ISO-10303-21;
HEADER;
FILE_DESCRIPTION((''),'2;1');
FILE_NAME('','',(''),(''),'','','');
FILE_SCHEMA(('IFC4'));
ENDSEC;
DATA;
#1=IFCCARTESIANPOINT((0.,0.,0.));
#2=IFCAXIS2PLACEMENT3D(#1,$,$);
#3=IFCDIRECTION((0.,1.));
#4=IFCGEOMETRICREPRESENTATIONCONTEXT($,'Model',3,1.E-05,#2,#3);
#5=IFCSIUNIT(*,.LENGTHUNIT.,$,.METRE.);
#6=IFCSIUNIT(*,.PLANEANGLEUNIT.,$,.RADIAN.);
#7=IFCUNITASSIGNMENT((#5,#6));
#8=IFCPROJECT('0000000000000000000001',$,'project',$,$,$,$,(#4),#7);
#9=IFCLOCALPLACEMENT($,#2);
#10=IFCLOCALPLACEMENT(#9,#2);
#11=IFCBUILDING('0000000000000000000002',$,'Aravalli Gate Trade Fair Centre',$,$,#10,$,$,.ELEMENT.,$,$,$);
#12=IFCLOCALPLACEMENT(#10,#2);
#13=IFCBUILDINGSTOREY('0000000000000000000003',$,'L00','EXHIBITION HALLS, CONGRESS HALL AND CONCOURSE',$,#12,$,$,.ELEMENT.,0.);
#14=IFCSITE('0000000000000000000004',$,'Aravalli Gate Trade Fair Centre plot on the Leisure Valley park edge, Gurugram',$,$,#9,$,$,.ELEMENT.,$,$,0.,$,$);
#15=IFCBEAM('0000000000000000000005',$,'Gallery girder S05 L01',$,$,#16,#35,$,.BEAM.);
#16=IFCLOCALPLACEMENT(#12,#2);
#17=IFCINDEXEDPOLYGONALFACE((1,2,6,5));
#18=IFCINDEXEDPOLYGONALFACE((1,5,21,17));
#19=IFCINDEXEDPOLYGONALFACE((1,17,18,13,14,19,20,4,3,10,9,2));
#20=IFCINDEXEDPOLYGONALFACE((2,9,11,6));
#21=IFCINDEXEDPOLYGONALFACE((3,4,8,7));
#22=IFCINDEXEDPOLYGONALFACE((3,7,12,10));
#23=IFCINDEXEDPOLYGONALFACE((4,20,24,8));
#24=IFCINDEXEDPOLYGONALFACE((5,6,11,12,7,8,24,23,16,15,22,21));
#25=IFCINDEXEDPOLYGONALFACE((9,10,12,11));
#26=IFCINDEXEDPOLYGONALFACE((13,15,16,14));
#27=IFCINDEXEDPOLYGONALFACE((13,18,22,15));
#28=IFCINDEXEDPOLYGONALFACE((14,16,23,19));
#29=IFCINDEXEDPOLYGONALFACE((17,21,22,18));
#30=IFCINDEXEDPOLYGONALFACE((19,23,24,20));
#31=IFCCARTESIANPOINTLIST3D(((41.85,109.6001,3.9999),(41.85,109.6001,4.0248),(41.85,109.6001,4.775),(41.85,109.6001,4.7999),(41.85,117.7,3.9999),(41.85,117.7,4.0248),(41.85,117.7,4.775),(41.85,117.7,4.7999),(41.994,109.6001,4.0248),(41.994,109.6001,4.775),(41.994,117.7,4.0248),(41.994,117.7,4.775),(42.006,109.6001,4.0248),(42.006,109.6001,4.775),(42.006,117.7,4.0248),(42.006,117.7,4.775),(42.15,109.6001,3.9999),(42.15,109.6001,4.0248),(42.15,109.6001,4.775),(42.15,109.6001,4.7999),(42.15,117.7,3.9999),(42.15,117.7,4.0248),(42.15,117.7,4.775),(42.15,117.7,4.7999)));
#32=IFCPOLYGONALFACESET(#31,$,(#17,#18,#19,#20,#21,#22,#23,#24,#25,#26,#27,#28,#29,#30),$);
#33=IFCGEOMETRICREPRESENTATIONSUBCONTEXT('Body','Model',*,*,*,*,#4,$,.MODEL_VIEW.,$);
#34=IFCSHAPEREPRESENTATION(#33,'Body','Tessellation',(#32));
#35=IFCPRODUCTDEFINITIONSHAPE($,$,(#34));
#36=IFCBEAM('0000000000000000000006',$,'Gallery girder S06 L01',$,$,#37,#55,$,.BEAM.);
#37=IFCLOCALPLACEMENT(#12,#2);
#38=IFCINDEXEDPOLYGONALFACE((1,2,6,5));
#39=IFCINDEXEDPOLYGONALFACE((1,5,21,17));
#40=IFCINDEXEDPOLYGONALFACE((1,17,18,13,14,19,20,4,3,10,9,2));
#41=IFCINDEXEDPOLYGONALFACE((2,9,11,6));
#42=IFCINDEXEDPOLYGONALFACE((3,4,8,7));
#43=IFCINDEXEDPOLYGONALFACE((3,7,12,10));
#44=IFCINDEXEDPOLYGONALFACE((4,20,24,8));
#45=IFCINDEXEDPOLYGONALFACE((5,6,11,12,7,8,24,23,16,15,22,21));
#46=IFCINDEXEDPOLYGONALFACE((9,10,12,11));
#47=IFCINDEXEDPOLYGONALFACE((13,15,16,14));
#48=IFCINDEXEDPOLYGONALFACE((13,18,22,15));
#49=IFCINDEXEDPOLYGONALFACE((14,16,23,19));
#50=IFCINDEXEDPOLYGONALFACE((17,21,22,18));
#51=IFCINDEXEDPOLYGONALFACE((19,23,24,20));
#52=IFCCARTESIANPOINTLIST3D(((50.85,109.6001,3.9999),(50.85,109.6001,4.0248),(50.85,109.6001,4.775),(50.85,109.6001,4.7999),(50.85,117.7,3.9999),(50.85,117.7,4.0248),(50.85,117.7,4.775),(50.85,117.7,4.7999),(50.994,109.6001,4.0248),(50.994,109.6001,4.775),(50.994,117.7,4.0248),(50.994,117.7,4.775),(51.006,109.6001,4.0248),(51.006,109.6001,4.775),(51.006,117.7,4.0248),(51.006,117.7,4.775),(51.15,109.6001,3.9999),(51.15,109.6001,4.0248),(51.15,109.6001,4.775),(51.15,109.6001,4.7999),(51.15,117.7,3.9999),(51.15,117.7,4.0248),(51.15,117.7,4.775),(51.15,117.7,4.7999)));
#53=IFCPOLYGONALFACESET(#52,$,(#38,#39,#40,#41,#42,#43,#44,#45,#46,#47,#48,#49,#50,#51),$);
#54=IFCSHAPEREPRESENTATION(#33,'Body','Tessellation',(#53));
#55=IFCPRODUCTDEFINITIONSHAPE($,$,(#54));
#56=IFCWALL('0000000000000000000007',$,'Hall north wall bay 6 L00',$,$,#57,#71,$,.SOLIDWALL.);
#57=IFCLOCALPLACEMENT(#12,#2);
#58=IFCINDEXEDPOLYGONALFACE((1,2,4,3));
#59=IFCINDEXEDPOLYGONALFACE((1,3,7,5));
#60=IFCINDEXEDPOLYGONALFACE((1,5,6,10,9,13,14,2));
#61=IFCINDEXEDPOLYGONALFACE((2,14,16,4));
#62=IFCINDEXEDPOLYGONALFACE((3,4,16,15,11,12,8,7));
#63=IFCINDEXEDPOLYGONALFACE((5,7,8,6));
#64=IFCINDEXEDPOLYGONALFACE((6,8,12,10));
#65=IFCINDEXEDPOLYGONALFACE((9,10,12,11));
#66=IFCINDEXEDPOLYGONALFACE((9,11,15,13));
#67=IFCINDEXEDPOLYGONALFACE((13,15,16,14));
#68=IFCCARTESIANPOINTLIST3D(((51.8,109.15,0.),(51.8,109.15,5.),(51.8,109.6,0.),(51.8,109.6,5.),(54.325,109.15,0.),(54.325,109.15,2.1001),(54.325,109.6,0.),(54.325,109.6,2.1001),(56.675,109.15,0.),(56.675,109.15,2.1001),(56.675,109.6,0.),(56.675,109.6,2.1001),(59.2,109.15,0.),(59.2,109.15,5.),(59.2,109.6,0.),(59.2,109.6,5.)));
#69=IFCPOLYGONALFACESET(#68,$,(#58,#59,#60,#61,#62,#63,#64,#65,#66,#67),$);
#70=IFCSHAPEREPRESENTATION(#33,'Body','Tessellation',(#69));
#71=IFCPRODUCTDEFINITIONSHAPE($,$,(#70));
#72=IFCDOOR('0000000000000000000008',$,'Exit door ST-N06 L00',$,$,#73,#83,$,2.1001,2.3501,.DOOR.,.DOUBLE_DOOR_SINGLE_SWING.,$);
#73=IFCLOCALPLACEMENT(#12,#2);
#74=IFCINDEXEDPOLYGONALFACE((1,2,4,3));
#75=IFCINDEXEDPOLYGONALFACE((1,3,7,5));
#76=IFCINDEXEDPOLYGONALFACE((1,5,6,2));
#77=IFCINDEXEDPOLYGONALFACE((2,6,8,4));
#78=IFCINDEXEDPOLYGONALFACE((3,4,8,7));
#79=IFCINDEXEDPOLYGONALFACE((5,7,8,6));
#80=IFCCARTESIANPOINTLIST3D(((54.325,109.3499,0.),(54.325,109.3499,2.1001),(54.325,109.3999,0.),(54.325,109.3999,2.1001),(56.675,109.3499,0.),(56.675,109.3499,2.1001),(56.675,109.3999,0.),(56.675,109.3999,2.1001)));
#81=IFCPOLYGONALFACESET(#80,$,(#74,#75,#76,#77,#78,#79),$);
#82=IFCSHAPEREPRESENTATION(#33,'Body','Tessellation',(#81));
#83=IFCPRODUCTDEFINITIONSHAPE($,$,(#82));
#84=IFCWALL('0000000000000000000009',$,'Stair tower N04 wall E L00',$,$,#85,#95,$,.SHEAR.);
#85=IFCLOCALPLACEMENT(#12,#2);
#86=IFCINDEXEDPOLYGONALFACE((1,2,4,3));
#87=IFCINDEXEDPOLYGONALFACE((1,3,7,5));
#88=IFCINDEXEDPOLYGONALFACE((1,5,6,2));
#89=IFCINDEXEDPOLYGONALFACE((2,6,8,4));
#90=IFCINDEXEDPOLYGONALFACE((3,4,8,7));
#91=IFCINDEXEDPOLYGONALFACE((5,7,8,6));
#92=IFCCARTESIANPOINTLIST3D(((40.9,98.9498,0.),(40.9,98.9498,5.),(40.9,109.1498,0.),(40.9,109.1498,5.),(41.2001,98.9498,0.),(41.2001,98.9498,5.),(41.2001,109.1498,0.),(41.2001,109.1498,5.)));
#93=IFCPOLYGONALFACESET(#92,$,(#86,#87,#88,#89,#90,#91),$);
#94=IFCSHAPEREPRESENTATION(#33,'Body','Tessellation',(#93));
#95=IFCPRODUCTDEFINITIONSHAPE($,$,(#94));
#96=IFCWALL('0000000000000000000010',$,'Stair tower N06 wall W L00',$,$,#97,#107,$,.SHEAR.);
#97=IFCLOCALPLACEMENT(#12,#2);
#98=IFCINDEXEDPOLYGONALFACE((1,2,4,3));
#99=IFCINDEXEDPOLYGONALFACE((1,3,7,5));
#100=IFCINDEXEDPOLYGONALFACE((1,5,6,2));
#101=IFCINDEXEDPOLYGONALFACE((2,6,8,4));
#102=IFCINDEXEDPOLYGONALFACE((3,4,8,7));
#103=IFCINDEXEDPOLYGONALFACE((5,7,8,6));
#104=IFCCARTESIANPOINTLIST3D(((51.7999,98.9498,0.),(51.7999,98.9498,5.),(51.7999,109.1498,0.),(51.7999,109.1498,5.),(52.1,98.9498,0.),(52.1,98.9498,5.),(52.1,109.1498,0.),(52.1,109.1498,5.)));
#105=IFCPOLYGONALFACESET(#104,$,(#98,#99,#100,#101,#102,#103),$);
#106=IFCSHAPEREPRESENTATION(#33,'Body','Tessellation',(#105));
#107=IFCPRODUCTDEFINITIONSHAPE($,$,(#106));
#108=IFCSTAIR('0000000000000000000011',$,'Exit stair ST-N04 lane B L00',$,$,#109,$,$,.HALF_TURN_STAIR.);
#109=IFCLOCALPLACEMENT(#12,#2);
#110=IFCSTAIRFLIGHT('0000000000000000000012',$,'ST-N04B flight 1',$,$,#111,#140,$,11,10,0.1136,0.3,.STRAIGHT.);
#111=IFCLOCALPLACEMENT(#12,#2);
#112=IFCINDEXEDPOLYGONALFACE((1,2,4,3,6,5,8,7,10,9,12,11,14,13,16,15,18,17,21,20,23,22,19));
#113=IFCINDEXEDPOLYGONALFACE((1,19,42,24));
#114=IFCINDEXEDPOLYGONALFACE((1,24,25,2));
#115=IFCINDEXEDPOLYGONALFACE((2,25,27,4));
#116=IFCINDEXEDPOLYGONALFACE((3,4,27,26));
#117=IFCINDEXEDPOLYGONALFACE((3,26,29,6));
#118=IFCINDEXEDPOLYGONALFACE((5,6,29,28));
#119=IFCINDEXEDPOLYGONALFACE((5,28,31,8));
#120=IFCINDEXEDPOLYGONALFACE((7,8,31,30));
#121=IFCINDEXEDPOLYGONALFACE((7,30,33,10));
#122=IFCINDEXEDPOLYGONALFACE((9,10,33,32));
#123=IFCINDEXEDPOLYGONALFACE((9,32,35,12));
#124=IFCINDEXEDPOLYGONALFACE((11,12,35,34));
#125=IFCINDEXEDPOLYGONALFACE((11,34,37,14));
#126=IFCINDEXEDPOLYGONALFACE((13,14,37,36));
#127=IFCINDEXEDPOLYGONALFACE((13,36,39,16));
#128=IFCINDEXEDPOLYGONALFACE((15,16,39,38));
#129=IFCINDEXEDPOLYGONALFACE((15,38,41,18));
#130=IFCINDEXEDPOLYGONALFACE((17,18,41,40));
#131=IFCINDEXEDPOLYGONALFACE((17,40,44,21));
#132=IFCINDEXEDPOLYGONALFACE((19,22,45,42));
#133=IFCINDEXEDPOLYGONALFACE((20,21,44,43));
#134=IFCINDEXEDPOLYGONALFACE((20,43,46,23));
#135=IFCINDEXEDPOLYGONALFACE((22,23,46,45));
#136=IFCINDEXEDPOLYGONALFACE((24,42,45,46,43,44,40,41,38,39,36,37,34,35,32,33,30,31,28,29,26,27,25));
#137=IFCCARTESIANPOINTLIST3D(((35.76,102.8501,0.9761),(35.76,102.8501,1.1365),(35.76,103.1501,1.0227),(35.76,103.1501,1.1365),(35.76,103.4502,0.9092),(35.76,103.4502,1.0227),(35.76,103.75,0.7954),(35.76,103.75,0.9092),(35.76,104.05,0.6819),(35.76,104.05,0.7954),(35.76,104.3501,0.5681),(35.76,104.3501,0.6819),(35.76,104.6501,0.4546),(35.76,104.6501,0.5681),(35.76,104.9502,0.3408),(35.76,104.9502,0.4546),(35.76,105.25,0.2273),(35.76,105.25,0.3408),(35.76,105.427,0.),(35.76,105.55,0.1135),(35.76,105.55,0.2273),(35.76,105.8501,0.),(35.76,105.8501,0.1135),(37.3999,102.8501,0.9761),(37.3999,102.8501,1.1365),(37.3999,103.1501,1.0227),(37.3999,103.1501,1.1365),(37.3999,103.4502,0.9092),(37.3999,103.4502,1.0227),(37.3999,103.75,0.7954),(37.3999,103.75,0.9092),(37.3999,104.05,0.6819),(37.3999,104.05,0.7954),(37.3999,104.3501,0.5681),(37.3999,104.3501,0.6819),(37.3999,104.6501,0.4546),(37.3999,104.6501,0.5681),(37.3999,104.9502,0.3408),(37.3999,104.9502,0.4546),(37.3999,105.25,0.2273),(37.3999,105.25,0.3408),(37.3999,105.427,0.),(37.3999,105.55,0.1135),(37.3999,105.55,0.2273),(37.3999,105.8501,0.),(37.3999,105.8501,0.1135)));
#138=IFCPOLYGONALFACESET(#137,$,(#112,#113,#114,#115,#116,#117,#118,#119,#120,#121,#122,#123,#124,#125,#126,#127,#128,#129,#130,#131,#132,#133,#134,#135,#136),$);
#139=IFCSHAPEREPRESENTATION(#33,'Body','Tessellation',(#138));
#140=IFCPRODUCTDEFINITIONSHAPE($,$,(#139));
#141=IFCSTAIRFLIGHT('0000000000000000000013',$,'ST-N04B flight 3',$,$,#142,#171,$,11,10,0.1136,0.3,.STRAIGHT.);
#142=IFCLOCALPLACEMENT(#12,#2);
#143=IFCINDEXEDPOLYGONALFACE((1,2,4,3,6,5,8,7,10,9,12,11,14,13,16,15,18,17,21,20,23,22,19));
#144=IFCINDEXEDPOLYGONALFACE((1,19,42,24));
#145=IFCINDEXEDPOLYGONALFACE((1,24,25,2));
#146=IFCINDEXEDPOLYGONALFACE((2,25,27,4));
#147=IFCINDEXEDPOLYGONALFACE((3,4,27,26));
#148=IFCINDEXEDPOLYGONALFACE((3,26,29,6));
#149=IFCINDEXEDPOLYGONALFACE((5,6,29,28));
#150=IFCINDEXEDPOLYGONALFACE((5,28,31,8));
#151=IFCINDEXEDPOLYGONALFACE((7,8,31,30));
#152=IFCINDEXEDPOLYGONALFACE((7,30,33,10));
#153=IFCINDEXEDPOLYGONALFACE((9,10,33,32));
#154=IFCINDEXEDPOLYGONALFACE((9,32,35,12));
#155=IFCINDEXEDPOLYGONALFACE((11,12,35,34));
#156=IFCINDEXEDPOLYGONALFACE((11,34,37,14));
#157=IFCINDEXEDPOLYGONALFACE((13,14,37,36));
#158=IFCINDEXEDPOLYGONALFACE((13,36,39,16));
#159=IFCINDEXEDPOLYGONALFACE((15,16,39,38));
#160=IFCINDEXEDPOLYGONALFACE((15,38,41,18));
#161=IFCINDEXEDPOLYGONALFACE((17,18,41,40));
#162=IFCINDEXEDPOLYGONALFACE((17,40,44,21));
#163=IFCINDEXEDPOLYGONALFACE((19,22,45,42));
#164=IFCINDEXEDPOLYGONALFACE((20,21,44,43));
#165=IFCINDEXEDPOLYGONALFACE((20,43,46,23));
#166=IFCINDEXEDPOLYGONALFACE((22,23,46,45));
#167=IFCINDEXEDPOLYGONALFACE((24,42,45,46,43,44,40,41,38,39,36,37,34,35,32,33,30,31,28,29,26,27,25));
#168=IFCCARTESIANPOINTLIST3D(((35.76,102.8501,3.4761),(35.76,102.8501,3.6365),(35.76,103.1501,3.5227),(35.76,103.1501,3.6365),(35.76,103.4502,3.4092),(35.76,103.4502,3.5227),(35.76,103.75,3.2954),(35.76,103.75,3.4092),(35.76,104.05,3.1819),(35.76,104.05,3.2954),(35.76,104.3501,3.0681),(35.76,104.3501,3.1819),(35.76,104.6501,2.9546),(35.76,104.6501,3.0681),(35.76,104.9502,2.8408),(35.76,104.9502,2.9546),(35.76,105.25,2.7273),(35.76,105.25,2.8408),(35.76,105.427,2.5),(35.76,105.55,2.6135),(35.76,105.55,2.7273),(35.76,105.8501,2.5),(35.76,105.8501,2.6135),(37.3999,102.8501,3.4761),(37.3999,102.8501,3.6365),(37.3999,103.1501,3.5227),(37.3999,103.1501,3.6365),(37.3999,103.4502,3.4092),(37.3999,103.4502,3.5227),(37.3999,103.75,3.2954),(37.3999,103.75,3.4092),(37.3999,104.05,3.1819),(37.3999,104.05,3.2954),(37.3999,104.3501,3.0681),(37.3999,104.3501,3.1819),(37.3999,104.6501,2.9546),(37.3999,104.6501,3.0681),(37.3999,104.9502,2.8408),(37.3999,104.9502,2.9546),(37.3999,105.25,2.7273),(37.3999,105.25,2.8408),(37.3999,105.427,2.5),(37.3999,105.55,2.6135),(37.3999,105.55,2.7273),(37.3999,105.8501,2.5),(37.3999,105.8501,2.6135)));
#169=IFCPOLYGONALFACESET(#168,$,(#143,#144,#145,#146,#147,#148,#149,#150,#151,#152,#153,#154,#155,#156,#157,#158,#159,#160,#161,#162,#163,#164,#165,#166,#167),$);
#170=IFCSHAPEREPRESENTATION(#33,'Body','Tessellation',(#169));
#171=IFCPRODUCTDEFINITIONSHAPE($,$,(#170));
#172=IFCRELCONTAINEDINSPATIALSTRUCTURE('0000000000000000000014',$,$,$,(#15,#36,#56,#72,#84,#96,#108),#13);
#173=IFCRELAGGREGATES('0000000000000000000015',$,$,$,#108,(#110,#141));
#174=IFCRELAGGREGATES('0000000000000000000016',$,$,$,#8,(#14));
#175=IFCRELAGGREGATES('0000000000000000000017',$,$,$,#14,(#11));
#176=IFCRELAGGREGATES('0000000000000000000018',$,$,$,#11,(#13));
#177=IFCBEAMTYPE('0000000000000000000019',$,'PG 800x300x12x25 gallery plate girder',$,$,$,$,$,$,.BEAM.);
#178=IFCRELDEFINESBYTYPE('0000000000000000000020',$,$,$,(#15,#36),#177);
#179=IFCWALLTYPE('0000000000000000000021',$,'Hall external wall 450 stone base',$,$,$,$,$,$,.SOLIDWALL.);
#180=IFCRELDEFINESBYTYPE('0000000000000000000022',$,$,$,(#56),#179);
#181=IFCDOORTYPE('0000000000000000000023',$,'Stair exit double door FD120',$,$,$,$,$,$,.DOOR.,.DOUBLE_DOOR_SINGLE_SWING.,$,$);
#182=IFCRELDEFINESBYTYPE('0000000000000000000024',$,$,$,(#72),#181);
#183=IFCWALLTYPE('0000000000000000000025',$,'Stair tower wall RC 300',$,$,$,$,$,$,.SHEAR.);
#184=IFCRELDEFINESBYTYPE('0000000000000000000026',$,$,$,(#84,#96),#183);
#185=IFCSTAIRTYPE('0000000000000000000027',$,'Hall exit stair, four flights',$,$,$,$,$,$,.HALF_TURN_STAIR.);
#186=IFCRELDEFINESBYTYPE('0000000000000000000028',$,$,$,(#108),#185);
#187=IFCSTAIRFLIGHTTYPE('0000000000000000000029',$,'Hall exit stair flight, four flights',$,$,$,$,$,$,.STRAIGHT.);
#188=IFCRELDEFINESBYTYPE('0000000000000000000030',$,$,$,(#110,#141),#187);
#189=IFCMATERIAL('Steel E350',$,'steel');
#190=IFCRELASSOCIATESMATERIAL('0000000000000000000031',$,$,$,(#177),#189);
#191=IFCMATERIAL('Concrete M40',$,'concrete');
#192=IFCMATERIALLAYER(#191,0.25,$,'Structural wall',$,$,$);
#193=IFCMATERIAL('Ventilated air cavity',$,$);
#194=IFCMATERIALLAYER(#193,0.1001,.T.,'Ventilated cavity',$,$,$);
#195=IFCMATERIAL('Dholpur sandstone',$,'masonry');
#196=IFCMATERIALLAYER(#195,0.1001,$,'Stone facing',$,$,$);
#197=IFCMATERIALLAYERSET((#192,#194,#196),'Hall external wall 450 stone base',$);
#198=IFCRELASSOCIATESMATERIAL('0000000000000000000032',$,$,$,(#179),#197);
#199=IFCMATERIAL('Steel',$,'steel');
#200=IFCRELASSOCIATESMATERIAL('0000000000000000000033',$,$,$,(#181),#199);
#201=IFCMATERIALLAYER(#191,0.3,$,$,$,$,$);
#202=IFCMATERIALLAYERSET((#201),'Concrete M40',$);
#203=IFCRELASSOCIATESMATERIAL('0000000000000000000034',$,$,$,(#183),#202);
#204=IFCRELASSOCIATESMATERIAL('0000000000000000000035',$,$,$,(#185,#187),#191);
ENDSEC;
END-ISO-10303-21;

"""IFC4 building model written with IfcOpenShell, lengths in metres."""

from ifc_helpers import new_model, si_unit, direction, frame, frame_2d, origin, origin_2d, place, context, subcontext, project, spatial, polyline, rectangle, i_section, outline, extrude, material, layer, layer_set, material_profile, profile_set, type_object, element, fill, aggregate, save


model = new_model("IFC4")

# Units and contexts
model_context = context("Model", 3, precision=1e-05, world=origin(), true_north=direction((0.0, 1.0)))
body_context = subcontext(model_context, "Body", "Model", "MODEL_VIEW")
ifc_project = project(units=[si_unit("LENGTHUNIT", "METRE"), si_unit("PLANEANGLEUNIT", "RADIAN")], contexts=[model_context])

# Site, building, storey
site_placement = place(None, origin())
site = spatial("IfcSite", under=ifc_project, at=site_placement, Name="Aravalli Gate Trade Fair Centre plot on the Leisure Valley park edge, Gurugram", CompositionType="ELEMENT", RefElevation=0.0)
building_placement = place(site_placement, origin())
building = spatial("IfcBuilding", under=site, at=building_placement, Name="Aravalli Gate Trade Fair Centre", CompositionType="ELEMENT")
storey_placement = place(building_placement, origin())
storey = spatial("IfcBuildingStorey", under=building, at=storey_placement, Name="L00", Description="EXHIBITION HALLS, CONGRESS HALL AND CONCOURSE", CompositionType="ELEMENT", Elevation=0.0)

# Beams
ifc_material_1 = material(Name="Steel E350", Category="steel")
ifc_material_profile_1 = material_profile(ifc_material_1, i_section(OverallWidth=0.3, OverallDepth=0.8, WebThickness=0.012, FlangeThickness=0.0249, at=origin_2d()), Name="PG 800x300x12x25")
ifc_profile_set_1 = profile_set([ifc_material_profile_1], Name="Steel E350")
beam_type_1 = type_object("IfcBeamType", Name="PG 800x300x12x25 gallery plate girder", PredefinedType="BEAM", material=ifc_profile_set_1)
for number, where, z_axis, x_axis, name in (
    (1, (42.0, 109.6001, 4.3999), (0.0, 1.0, 0.0), (-1.0, 0.0, 0.0), "Gallery girder S05 L01"),
    (2, (51.0, 109.6001, 4.3999), (0.0, 1.0, 0.0), (-1.0, 0.0, 0.0), "Gallery girder S06 L01"),
):
    element("IfcBeam", number, at=place(storey_placement, frame(where, z_axis=z_axis, x_axis=x_axis)), inside=storey, type_object=beam_type_1, Name=name, PredefinedType="BEAM", context=body_context, shape_type="SweptSolid", body=[
        extrude(i_section(OverallWidth=0.3, OverallDepth=0.8, WebThickness=0.012, FlangeThickness=0.0249, at=origin_2d()), origin(), (0.0, 0.0, 1.0), 8.0999),
    ])

# Shared definitions
ifc_material_2 = material(Name="Concrete M40", Category="concrete")
ifc_layer_1 = layer(ifc_material_2, 0.25, Name="Structural wall")
ifc_material_3 = material(Name="Ventilated air cavity")
ifc_layer_2 = layer(ifc_material_3, 0.1001, ventilated=True, Name="Ventilated cavity")
ifc_material_4 = material(Name="Dholpur sandstone", Category="masonry")
ifc_layer_3 = layer(ifc_material_4, 0.1001, Name="Stone facing")
ifc_layer_set_1 = layer_set([ifc_layer_1, ifc_layer_2, ifc_layer_3], Name="Hall external wall 450 stone base")
wall_type_1 = type_object("IfcWallType", Name="Hall external wall 450 stone base", PredefinedType="SOLIDWALL", material=ifc_layer_set_1)
ifc_material_5 = material(Name="Steel", Category="steel")

# Wall, opening, door
wall_1_placement = place(storey_placement, frame((51.8, 109.375, 0.0), z_axis=(0.0, 0.0, 1.0), x_axis=(1.0, 0.0, 0.0)))
wall_1 = element("IfcWall", 3, at=wall_1_placement, inside=storey, type_object=wall_type_1, Name="Hall north wall bay 6 L00", PredefinedType="SOLIDWALL", context=body_context, shape_type="SweptSolid", body=[
    extrude(rectangle(XDim=7.3999, YDim=0.45, at=frame_2d((3.7, 0.0))), origin(), (0.0, 0.0, 1.0), 5.0),
])
opening_1_placement = place(wall_1_placement, frame((2.5249, 0.0, 0.0)))
opening_1 = element("IfcOpeningElement", 4, at=opening_1_placement, cuts=wall_1, PredefinedType="OPENING", context=body_context, shape_type="SweptSolid", body=[
    extrude(rectangle(XDim=2.3501, YDim=2.1001, at=frame_2d((1.175, 1.05))), frame((0.0, 0.2349, 0.0), z_axis=(0.0, -1.0, 0.0), x_axis=(1.0, 0.0, 0.0)), (0.0, 0.0, 1.0), 0.47),
])
door_type_1 = type_object("IfcDoorType", Name="Stair exit double door FD120", OperationType="DOUBLE_DOOR_SINGLE_SWING", PredefinedType="DOOR", material=ifc_material_5)
door_1_placement = place(opening_1_placement, origin())
door_1 = element("IfcDoor", 5, at=door_1_placement, inside=storey, type_object=door_type_1, Name="Exit door ST-N06 L00", OperationType="DOUBLE_DOOR_SINGLE_SWING", OverallHeight=2.1001, OverallWidth=2.3501, PredefinedType="DOOR", context=body_context, shape_type="SweptSolid", body=[
    extrude(rectangle(XDim=2.3501, YDim=2.1001, at=frame_2d((1.175, 1.05))), frame((0.0, 0.0249, 0.0), z_axis=(0.0, -1.0, 0.0), x_axis=(1.0, 0.0, 0.0)), (0.0, 0.0, 1.0), 0.05),
])
fill(opening_1, door_1)

# Walls
ifc_layer_4 = layer(ifc_material_2, 0.3)
ifc_layer_set_2 = layer_set([ifc_layer_4], Name="Concrete M40")
wall_type_2 = type_object("IfcWallType", Name="Stair tower wall RC 300", PredefinedType="SHEAR", material=ifc_layer_set_2)
for number, where, z_axis, x_axis, name in (
    (6, (41.05, 109.1499, 0.0), (0.0, 0.0, 1.0), (0.0, -1.0, 0.0), "Stair tower N04 wall E L00"),
    (7, (51.95, 109.1499, 0.0), (0.0, 0.0, 1.0), (0.0, -1.0, 0.0), "Stair tower N06 wall W L00"),
):
    element("IfcWall", number, at=place(storey_placement, frame(where, z_axis=z_axis, x_axis=x_axis)), inside=storey, type_object=wall_type_2, Name=name, PredefinedType="SHEAR", context=body_context, shape_type="SweptSolid", body=[
        extrude(rectangle(XDim=10.2, YDim=0.3, at=frame_2d((5.1001, 0.0))), origin(), (0.0, 0.0, 1.0), 5.0),
    ])

# Stair, stair flights
stair_type = type_object("IfcStairType", Name="Hall exit stair, four flights", PredefinedType="HALF_TURN_STAIR", material=ifc_material_2)
stair_placement = place(storey_placement, origin())
stair = element("IfcStair", 8, at=stair_placement, inside=storey, type_object=stair_type, Name="Exit stair ST-N04 lane B L00", PredefinedType="HALF_TURN_STAIR")
stair_flight_type = type_object("IfcStairFlightType", Name="Hall exit stair flight, four flights", PredefinedType="STRAIGHT", material=ifc_material_2)
stair_flight_1_placement = place(storey_placement, frame((36.5801, 105.8501, 0.0), z_axis=(0.0, 0.0, 1.0), x_axis=(0.0, -1.0, 0.0)))
stair_flight_1 = element("IfcStairFlight", 9, at=stair_flight_1_placement, type_object=stair_flight_type, Name="ST-N04B flight 1", NumberOfRisers=11, NumberOfTreads=10, PredefinedType="STRAIGHT", RiserHeight=0.1136, TreadLength=0.3, context=body_context, shape_type="SweptSolid", body=[
    extrude(outline(polyline([(0.0, 0.0), (0.0, 0.1135), (0.3, 0.1135), (0.3, 0.2273), (0.6001, 0.2273), (0.6001, 0.3408), (0.8999, 0.3408), (0.8999, 0.4546), (1.2, 0.4546), (1.2, 0.5681), (1.5, 0.5681), (1.5, 0.6819), (1.8, 0.6819), (1.8, 0.7954), (2.1001, 0.7954), (2.1001, 0.9092), (2.3999, 0.9092), (2.3999, 1.0227), (2.7, 1.0227), (2.7, 1.1365), (3.0, 1.1365), (3.0, 1.25), (3.0, 0.9761), (0.4231, 0.0), (0.0, 0.0)])), frame((0.0, 0.8198, 0.0), z_axis=(0.0, -1.0, 0.0), x_axis=(1.0, 0.0, 0.0)), (0.0, 0.0, 1.0), 1.6399),
])
stair_flight_2_placement = place(storey_placement, frame((36.5801, 105.8501, 2.5), z_axis=(0.0, 0.0, 1.0), x_axis=(0.0, -1.0, 0.0)))
stair_flight_2 = element("IfcStairFlight", 10, at=stair_flight_2_placement, type_object=stair_flight_type, Name="ST-N04B flight 3", NumberOfRisers=11, NumberOfTreads=10, PredefinedType="STRAIGHT", RiserHeight=0.1136, TreadLength=0.3, context=body_context, shape_type="SweptSolid", body=[
    extrude(outline(polyline([(0.0, 0.0), (0.0, 0.1135), (0.3, 0.1135), (0.3, 0.2273), (0.6001, 0.2273), (0.6001, 0.3408), (0.8999, 0.3408), (0.8999, 0.4546), (1.2, 0.4546), (1.2, 0.5681), (1.5, 0.5681), (1.5, 0.6819), (1.8, 0.6819), (1.8, 0.7954), (2.1001, 0.7954), (2.1001, 0.9092), (2.3999, 0.9092), (2.3999, 1.0227), (2.7, 1.0227), (2.7, 1.1365), (3.0, 1.1365), (3.0, 1.25), (3.0, 0.9761), (0.4231, 0.0), (0.0, 0.0)])), frame((0.0, 0.8198, 0.0), z_axis=(0.0, -1.0, 0.0), x_axis=(1.0, 0.0, 0.0)), (0.0, 0.0, 1.0), 1.6399),
])
aggregate(stair, [stair_flight_1, stair_flight_2])

save(model, "model.ifc")
